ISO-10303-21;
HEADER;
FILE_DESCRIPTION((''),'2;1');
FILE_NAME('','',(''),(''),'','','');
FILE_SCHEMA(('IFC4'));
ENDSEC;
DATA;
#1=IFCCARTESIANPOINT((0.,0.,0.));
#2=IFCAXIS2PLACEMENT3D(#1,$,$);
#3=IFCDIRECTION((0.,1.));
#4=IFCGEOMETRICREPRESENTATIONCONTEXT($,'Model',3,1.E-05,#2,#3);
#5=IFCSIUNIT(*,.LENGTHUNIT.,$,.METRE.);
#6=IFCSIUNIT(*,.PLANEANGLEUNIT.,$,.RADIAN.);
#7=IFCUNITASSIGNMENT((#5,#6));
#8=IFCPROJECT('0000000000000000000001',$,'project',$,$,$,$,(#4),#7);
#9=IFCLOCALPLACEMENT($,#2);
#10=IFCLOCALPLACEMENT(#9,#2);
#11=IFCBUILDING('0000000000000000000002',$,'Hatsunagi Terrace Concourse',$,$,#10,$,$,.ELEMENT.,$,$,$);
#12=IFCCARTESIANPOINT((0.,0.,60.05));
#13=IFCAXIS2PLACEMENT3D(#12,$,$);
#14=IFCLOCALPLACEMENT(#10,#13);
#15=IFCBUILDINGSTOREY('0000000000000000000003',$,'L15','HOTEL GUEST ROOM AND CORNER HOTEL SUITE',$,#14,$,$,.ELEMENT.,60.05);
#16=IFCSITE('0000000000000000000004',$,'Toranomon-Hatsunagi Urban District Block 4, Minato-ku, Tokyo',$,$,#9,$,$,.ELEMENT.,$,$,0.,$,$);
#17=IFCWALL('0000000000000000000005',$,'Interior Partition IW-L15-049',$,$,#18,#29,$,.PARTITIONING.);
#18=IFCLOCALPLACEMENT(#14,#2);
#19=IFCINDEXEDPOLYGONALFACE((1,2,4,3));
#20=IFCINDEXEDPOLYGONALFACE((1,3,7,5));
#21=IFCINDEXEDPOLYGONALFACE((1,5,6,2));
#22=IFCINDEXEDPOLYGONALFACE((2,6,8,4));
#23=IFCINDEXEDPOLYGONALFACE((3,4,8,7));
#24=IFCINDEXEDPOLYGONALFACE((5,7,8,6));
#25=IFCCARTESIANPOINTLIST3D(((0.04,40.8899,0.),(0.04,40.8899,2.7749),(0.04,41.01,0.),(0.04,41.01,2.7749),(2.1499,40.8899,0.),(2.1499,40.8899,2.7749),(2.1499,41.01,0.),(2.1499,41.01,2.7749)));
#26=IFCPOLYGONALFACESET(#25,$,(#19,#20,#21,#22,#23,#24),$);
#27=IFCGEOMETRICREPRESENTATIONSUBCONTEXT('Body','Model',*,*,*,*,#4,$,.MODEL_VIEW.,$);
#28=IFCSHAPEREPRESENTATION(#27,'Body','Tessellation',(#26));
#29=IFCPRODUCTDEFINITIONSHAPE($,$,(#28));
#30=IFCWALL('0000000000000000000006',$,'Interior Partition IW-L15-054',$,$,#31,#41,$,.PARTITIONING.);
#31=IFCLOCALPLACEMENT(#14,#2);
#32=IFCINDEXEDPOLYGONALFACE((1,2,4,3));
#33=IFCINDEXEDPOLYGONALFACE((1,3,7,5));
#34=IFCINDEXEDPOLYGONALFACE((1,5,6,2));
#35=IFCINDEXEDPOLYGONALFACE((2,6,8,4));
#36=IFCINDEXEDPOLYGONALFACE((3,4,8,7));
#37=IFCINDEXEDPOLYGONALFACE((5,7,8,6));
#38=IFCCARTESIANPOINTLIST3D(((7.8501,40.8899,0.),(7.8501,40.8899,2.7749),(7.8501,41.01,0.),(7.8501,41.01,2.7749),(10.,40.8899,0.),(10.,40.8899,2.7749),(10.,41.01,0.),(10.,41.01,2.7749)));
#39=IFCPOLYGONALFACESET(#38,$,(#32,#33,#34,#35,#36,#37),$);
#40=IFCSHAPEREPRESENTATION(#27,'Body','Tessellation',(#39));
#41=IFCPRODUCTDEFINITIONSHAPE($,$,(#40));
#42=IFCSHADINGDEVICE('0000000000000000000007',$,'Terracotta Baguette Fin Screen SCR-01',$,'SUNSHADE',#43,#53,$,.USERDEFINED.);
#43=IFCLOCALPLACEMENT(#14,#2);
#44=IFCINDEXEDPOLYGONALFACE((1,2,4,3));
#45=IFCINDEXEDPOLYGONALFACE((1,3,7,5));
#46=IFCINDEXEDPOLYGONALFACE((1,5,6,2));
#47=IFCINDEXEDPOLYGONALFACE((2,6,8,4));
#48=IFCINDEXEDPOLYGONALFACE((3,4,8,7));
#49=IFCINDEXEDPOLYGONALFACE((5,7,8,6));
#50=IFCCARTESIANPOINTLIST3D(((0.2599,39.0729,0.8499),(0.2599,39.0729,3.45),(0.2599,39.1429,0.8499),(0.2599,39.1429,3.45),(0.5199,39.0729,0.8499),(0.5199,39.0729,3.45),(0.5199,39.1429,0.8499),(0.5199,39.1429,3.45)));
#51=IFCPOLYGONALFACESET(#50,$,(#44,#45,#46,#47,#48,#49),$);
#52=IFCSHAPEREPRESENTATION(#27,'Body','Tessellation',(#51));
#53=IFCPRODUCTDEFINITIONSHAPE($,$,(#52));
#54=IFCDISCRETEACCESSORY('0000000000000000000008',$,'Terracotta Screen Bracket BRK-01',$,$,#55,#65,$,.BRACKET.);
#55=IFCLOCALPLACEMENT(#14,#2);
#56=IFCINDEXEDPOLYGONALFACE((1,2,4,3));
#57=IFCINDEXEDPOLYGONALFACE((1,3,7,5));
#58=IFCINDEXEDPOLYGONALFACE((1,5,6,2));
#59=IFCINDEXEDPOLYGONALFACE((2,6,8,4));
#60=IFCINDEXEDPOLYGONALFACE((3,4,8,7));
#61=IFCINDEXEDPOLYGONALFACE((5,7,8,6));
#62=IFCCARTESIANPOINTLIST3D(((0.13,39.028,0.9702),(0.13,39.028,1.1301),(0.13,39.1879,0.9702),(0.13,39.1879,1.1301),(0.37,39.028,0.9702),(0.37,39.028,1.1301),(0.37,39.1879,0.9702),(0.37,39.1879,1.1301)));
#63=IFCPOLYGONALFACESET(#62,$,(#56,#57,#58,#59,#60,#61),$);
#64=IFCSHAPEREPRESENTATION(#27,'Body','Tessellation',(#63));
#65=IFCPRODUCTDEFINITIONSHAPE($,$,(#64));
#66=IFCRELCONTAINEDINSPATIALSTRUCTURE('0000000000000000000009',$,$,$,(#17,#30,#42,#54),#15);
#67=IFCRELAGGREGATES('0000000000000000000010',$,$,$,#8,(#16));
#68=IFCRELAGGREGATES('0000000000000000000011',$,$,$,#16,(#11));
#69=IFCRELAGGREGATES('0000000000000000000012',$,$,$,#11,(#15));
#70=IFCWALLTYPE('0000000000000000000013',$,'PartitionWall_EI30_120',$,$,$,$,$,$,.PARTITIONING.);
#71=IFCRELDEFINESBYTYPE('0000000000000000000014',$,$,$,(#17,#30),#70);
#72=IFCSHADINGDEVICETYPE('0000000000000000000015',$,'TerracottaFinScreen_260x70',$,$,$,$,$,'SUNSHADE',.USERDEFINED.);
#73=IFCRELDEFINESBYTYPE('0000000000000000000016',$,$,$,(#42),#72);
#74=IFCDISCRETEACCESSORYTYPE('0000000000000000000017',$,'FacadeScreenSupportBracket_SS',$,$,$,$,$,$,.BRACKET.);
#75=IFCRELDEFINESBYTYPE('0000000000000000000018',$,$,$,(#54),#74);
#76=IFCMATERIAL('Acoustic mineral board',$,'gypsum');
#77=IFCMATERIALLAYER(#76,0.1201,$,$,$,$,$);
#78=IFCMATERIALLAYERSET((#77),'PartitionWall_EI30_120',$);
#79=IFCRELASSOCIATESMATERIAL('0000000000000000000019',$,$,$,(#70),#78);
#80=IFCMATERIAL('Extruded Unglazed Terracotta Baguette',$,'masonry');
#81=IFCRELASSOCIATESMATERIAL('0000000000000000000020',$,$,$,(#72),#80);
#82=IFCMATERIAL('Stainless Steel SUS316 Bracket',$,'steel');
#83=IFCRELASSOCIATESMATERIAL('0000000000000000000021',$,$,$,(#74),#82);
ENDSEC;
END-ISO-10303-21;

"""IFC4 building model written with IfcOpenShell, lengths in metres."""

from ifc_helpers import new_model, si_unit, direction, frame, frame_2d, origin, origin_2d, place, context, subcontext, project, spatial, rectangle, extrude, material, layer, layer_set, type_object, element, save


model = new_model("IFC4")

# Units and contexts
model_context = context("Model", 3, precision=1e-05, world=origin(), true_north=direction((0.0, 1.0)))
body_context = subcontext(model_context, "Body", "Model", "MODEL_VIEW")
ifc_project = project(units=[si_unit("LENGTHUNIT", "METRE"), si_unit("PLANEANGLEUNIT", "RADIAN")], contexts=[model_context])

# Site, building, storey
site_placement = place(None, origin())
site = spatial("IfcSite", under=ifc_project, at=site_placement, Name="Toranomon-Hatsunagi Urban District Block 4, Minato-ku, Tokyo", CompositionType="ELEMENT", RefElevation=0.0)
building_placement = place(site_placement, origin())
building = spatial("IfcBuilding", under=site, at=building_placement, Name="Hatsunagi Terrace Concourse", CompositionType="ELEMENT")
storey_placement = place(building_placement, frame((0.0, 0.0, 60.05)))
storey = spatial("IfcBuildingStorey", under=building, at=storey_placement, Name="L15", Description="HOTEL GUEST ROOM AND CORNER HOTEL SUITE", CompositionType="ELEMENT", Elevation=60.05)

# Walls
ifc_material_1 = material(Name="Acoustic mineral board", Category="gypsum")
ifc_layer_1 = layer(ifc_material_1, 0.1201)
ifc_layer_set_1 = layer_set([ifc_layer_1], Name="PartitionWall_EI30_120")
wall_type = type_object("IfcWallType", Name="PartitionWall_EI30_120", PredefinedType="PARTITIONING", material=ifc_layer_set_1)
wall_1_placement = place(storey_placement, frame((0.04, 40.95, 0.0), z_axis=(0.0, 0.0, 1.0), x_axis=(1.0, 0.0, 0.0)))
element("IfcWall", 1, at=wall_1_placement, inside=storey, type_object=wall_type, Name="Interior Partition IW-L15-049", PredefinedType="PARTITIONING", context=body_context, shape_type="SweptSolid", body=[
    extrude(rectangle(XDim=2.1099, YDim=0.1201, at=frame_2d((1.0549, 0.0))), origin(), (0.0, 0.0, 1.0), 2.7749),
])
wall_2_placement = place(storey_placement, frame((7.8501, 40.95, 0.0), z_axis=(0.0, 0.0, 1.0), x_axis=(1.0, 0.0, 0.0)))
element("IfcWall", 2, at=wall_2_placement, inside=storey, type_object=wall_type, Name="Interior Partition IW-L15-054", PredefinedType="PARTITIONING", context=body_context, shape_type="SweptSolid", body=[
    extrude(rectangle(XDim=2.1499, YDim=0.1201, at=frame_2d((1.075, 0.0))), origin(), (0.0, 0.0, 1.0), 2.7749),
])

# Shading device
ifc_material_2 = material(Name="Extruded Unglazed Terracotta Baguette", Category="masonry")
shading_device_type = type_object("IfcShadingDeviceType", Name="TerracottaFinScreen_260x70", ElementType="SUNSHADE", PredefinedType="USERDEFINED", material=ifc_material_2)
shading_device_placement = place(storey_placement, frame((0.3899, 39.1079, 0.8499), z_axis=(0.0, 0.0, 1.0), x_axis=(0.0, 1.0, 0.0)))
element("IfcShadingDevice", 3, at=shading_device_placement, inside=storey, type_object=shading_device_type, Name="Terracotta Baguette Fin Screen SCR-01", ObjectType="SUNSHADE", PredefinedType="USERDEFINED", context=body_context, shape_type="SweptSolid", body=[
    extrude(rectangle(XDim=0.0701, YDim=0.26, at=origin_2d()), origin(), (0.0, 0.0, 1.0), 2.6001),
])

# Discrete accessory
ifc_material_3 = material(Name="Stainless Steel SUS316 Bracket", Category="steel")
discrete_accessory_type = type_object("IfcDiscreteAccessoryType", Name="FacadeScreenSupportBracket_SS", PredefinedType="BRACKET", material=ifc_material_3)
discrete_accessory_placement = place(storey_placement, frame((0.25, 39.1079, 0.9702), z_axis=(0.0, 0.0, 1.0), x_axis=(0.0, 1.0, 0.0)))
element("IfcDiscreteAccessory", 4, at=discrete_accessory_placement, inside=storey, type_object=discrete_accessory_type, Name="Terracotta Screen Bracket BRK-01", PredefinedType="BRACKET", context=body_context, shape_type="SweptSolid", body=[
    extrude(rectangle(XDim=0.1599, YDim=0.24, at=origin_2d()), origin(), (0.0, 0.0, 1.0), 0.1599),
])

save(model, "model.ifc")
